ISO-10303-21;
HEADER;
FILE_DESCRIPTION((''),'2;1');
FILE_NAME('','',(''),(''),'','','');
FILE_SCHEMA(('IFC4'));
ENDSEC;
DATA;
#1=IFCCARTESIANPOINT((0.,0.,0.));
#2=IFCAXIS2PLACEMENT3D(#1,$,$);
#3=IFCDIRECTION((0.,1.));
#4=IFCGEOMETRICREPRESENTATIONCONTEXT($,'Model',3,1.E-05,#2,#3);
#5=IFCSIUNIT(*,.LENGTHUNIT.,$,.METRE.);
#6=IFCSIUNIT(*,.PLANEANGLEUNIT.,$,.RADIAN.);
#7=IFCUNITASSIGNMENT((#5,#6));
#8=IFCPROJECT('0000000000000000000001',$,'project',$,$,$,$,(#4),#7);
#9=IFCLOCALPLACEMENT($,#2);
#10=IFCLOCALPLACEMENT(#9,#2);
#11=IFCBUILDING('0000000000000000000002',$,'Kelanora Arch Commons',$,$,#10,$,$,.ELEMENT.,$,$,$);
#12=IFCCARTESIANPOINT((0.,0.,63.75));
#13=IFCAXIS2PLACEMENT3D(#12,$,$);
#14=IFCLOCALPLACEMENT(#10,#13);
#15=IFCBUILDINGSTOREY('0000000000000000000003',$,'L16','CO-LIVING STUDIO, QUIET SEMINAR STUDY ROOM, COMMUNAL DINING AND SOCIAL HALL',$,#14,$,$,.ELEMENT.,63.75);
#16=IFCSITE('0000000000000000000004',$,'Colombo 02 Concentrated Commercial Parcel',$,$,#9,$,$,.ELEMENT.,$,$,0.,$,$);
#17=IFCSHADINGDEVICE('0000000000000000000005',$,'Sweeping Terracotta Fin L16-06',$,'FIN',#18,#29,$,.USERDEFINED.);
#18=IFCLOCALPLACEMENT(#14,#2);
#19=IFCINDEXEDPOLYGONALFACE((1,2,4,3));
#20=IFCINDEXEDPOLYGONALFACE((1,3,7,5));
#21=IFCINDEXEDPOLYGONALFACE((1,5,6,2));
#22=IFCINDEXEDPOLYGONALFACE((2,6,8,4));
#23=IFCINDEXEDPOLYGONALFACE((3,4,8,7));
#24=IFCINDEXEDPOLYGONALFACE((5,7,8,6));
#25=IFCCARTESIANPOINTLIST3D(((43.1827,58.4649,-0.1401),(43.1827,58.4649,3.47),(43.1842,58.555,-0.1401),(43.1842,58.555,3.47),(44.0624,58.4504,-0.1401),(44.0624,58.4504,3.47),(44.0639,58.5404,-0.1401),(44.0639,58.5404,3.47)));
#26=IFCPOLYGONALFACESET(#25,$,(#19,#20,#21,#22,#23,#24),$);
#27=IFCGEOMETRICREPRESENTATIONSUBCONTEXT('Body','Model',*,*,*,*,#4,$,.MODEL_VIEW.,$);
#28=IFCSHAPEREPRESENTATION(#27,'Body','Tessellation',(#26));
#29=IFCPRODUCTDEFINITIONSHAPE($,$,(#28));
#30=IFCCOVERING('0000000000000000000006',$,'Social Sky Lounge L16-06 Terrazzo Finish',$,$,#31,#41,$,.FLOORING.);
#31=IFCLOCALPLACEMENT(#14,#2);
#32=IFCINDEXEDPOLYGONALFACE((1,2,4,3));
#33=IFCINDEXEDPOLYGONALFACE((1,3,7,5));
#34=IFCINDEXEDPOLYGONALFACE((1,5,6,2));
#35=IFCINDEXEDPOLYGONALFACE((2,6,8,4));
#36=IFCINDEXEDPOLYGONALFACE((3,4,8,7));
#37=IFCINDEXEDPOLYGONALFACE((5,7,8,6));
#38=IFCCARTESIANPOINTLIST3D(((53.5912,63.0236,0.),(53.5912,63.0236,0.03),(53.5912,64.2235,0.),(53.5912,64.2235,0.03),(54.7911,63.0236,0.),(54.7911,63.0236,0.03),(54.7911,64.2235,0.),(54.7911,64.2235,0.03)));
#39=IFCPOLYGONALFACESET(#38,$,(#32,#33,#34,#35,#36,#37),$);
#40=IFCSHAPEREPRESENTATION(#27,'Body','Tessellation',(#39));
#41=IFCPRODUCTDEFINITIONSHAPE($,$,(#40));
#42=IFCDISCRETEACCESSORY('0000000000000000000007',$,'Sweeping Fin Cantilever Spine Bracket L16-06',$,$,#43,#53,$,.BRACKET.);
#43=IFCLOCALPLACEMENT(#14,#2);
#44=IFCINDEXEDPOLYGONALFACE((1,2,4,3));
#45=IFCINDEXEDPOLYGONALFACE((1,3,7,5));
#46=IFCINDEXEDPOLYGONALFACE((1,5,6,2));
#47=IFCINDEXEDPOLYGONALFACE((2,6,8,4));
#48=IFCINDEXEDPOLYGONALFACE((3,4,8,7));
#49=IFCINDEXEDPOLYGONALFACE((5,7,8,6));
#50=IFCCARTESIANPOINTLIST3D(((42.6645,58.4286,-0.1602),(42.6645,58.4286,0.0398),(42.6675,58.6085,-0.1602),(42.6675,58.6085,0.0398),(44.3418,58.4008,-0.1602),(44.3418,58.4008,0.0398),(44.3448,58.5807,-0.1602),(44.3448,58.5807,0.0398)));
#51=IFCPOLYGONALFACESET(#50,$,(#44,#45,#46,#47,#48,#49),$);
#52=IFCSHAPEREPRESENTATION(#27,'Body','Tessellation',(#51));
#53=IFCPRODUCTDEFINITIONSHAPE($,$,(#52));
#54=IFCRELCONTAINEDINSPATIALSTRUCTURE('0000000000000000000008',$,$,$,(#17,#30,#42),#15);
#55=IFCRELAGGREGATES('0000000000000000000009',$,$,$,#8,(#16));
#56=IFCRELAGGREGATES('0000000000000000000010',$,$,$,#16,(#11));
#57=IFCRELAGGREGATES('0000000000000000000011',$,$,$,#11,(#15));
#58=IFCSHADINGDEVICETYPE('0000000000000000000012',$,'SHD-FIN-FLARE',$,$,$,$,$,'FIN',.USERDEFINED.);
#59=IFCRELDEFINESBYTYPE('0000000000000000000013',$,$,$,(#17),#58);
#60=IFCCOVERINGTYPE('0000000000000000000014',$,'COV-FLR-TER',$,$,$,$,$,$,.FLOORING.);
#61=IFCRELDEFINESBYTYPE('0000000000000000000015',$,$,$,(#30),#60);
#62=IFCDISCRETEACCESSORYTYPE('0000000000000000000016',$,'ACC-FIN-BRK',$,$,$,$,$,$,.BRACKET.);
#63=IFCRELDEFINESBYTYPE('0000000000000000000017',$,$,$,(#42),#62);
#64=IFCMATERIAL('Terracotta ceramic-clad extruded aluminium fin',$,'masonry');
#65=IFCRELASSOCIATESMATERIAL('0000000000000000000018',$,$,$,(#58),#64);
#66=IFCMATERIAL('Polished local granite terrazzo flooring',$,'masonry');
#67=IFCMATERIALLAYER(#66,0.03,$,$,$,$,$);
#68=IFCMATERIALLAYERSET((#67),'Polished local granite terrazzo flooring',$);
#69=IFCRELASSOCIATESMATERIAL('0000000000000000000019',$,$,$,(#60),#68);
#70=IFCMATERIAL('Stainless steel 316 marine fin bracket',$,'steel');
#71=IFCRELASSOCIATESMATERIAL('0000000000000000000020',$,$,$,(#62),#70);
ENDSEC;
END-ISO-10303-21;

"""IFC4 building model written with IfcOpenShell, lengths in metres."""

from ifc_helpers import new_model, si_unit, direction, frame, origin, origin_2d, place, context, subcontext, project, spatial, rectangle, extrude, source, transform, mapped, material, layer, layer_set, type_object, element, save


model = new_model("IFC4")

# Units and contexts
model_context = context("Model", 3, precision=1e-05, world=origin(), true_north=direction((0.0, 1.0)))
body_context = subcontext(model_context, "Body", "Model", "MODEL_VIEW")
ifc_project = project(units=[si_unit("LENGTHUNIT", "METRE"), si_unit("PLANEANGLEUNIT", "RADIAN")], contexts=[model_context])

# Site, building, storey
site_placement = place(None, origin())
site = spatial("IfcSite", under=ifc_project, at=site_placement, Name="Colombo 02 Concentrated Commercial Parcel", CompositionType="ELEMENT", RefElevation=0.0)
building_placement = place(site_placement, origin())
building = spatial("IfcBuilding", under=site, at=building_placement, Name="Kelanora Arch Commons", CompositionType="ELEMENT")
storey_placement = place(building_placement, frame((0.0, 0.0, 63.75)))
storey = spatial("IfcBuildingStorey", under=building, at=storey_placement, Name="L16", Description="CO-LIVING STUDIO, QUIET SEMINAR STUDY ROOM, COMMUNAL DINING AND SOCIAL HALL", CompositionType="ELEMENT", Elevation=63.75)

# Shading device
ifc_material_1 = material(Name="Terracotta ceramic-clad extruded aluminium fin", Category="masonry")
shading_device_type = type_object("IfcShadingDeviceType", Name="SHD-FIN-FLARE", ElementType="FIN", PredefinedType="USERDEFINED", material=ifc_material_1)
shared_shape_1 = source(origin(), body_context, "Body", "SweptSolid", [
    extrude(rectangle(XDim=0.8799, YDim=0.0901, at=origin_2d()), origin(), (0.0, 0.0, 1.0), 3.6101),
])
shading_device_placement = place(storey_placement, frame((43.6233, 58.5027, -0.1401), z_axis=(0.0, 0.0, 1.0), x_axis=(-0.999863, 0.01658, 0.0)))
element("IfcShadingDevice", 1, at=shading_device_placement, inside=storey, type_object=shading_device_type, Name="Sweeping Terracotta Fin L16-06", ObjectType="FIN", PredefinedType="USERDEFINED", context=body_context, shape_type="MappedRepresentation", body=[
    mapped(shared_shape_1, transform((0.0, 0.0, 0.0), scale=1.0)),
])

# Covering
ifc_material_2 = material(Name="Polished local granite terrazzo flooring", Category="masonry")
ifc_layer_1 = layer(ifc_material_2, 0.03)
ifc_layer_set_1 = layer_set([ifc_layer_1], Name="Polished local granite terrazzo flooring")
covering_type = type_object("IfcCoveringType", Name="COV-FLR-TER", PredefinedType="FLOORING", material=ifc_layer_set_1)
shared_shape_2 = source(origin(), body_context, "Body", "SweptSolid", [
    extrude(rectangle(XDim=1.2, YDim=1.2, at=origin_2d()), origin(), (0.0, 0.0, 1.0), 0.03),
])
covering_placement = place(storey_placement, frame((54.1912, 63.6235, 0.0), z_axis=(0.0, 0.0, 1.0), x_axis=(1.0, 0.0, 0.0)))
element("IfcCovering", 2, at=covering_placement, inside=storey, type_object=covering_type, Name="Social Sky Lounge L16-06 Terrazzo Finish", PredefinedType="FLOORING", context=body_context, shape_type="MappedRepresentation", body=[
    mapped(shared_shape_2, transform((0.0, 0.0, 0.0), scale=1.0)),
])

# Discrete accessory
ifc_material_3 = material(Name="Stainless steel 316 marine fin bracket", Category="steel")
discrete_accessory_type = type_object("IfcDiscreteAccessoryType", Name="ACC-FIN-BRK", PredefinedType="BRACKET", material=ifc_material_3)
shared_shape_3 = source(origin(), body_context, "Body", "SweptSolid", [
    extrude(rectangle(XDim=1.6775, YDim=0.1799, at=origin_2d()), origin(), (0.0, 0.0, 1.0), 0.2),
])
discrete_accessory_placement = place(storey_placement, frame((43.5046, 58.5046, -0.1602), z_axis=(0.0, 0.0, 1.0), x_axis=(-0.999863, 0.01658, 0.0)))
element("IfcDiscreteAccessory", 3, at=discrete_accessory_placement, inside=storey, type_object=discrete_accessory_type, Name="Sweeping Fin Cantilever Spine Bracket L16-06", PredefinedType="BRACKET", context=body_context, shape_type="MappedRepresentation", body=[
    mapped(shared_shape_3, transform((0.0, 0.0, 0.0), scale=1.0)),
])

save(model, "model.ifc")
